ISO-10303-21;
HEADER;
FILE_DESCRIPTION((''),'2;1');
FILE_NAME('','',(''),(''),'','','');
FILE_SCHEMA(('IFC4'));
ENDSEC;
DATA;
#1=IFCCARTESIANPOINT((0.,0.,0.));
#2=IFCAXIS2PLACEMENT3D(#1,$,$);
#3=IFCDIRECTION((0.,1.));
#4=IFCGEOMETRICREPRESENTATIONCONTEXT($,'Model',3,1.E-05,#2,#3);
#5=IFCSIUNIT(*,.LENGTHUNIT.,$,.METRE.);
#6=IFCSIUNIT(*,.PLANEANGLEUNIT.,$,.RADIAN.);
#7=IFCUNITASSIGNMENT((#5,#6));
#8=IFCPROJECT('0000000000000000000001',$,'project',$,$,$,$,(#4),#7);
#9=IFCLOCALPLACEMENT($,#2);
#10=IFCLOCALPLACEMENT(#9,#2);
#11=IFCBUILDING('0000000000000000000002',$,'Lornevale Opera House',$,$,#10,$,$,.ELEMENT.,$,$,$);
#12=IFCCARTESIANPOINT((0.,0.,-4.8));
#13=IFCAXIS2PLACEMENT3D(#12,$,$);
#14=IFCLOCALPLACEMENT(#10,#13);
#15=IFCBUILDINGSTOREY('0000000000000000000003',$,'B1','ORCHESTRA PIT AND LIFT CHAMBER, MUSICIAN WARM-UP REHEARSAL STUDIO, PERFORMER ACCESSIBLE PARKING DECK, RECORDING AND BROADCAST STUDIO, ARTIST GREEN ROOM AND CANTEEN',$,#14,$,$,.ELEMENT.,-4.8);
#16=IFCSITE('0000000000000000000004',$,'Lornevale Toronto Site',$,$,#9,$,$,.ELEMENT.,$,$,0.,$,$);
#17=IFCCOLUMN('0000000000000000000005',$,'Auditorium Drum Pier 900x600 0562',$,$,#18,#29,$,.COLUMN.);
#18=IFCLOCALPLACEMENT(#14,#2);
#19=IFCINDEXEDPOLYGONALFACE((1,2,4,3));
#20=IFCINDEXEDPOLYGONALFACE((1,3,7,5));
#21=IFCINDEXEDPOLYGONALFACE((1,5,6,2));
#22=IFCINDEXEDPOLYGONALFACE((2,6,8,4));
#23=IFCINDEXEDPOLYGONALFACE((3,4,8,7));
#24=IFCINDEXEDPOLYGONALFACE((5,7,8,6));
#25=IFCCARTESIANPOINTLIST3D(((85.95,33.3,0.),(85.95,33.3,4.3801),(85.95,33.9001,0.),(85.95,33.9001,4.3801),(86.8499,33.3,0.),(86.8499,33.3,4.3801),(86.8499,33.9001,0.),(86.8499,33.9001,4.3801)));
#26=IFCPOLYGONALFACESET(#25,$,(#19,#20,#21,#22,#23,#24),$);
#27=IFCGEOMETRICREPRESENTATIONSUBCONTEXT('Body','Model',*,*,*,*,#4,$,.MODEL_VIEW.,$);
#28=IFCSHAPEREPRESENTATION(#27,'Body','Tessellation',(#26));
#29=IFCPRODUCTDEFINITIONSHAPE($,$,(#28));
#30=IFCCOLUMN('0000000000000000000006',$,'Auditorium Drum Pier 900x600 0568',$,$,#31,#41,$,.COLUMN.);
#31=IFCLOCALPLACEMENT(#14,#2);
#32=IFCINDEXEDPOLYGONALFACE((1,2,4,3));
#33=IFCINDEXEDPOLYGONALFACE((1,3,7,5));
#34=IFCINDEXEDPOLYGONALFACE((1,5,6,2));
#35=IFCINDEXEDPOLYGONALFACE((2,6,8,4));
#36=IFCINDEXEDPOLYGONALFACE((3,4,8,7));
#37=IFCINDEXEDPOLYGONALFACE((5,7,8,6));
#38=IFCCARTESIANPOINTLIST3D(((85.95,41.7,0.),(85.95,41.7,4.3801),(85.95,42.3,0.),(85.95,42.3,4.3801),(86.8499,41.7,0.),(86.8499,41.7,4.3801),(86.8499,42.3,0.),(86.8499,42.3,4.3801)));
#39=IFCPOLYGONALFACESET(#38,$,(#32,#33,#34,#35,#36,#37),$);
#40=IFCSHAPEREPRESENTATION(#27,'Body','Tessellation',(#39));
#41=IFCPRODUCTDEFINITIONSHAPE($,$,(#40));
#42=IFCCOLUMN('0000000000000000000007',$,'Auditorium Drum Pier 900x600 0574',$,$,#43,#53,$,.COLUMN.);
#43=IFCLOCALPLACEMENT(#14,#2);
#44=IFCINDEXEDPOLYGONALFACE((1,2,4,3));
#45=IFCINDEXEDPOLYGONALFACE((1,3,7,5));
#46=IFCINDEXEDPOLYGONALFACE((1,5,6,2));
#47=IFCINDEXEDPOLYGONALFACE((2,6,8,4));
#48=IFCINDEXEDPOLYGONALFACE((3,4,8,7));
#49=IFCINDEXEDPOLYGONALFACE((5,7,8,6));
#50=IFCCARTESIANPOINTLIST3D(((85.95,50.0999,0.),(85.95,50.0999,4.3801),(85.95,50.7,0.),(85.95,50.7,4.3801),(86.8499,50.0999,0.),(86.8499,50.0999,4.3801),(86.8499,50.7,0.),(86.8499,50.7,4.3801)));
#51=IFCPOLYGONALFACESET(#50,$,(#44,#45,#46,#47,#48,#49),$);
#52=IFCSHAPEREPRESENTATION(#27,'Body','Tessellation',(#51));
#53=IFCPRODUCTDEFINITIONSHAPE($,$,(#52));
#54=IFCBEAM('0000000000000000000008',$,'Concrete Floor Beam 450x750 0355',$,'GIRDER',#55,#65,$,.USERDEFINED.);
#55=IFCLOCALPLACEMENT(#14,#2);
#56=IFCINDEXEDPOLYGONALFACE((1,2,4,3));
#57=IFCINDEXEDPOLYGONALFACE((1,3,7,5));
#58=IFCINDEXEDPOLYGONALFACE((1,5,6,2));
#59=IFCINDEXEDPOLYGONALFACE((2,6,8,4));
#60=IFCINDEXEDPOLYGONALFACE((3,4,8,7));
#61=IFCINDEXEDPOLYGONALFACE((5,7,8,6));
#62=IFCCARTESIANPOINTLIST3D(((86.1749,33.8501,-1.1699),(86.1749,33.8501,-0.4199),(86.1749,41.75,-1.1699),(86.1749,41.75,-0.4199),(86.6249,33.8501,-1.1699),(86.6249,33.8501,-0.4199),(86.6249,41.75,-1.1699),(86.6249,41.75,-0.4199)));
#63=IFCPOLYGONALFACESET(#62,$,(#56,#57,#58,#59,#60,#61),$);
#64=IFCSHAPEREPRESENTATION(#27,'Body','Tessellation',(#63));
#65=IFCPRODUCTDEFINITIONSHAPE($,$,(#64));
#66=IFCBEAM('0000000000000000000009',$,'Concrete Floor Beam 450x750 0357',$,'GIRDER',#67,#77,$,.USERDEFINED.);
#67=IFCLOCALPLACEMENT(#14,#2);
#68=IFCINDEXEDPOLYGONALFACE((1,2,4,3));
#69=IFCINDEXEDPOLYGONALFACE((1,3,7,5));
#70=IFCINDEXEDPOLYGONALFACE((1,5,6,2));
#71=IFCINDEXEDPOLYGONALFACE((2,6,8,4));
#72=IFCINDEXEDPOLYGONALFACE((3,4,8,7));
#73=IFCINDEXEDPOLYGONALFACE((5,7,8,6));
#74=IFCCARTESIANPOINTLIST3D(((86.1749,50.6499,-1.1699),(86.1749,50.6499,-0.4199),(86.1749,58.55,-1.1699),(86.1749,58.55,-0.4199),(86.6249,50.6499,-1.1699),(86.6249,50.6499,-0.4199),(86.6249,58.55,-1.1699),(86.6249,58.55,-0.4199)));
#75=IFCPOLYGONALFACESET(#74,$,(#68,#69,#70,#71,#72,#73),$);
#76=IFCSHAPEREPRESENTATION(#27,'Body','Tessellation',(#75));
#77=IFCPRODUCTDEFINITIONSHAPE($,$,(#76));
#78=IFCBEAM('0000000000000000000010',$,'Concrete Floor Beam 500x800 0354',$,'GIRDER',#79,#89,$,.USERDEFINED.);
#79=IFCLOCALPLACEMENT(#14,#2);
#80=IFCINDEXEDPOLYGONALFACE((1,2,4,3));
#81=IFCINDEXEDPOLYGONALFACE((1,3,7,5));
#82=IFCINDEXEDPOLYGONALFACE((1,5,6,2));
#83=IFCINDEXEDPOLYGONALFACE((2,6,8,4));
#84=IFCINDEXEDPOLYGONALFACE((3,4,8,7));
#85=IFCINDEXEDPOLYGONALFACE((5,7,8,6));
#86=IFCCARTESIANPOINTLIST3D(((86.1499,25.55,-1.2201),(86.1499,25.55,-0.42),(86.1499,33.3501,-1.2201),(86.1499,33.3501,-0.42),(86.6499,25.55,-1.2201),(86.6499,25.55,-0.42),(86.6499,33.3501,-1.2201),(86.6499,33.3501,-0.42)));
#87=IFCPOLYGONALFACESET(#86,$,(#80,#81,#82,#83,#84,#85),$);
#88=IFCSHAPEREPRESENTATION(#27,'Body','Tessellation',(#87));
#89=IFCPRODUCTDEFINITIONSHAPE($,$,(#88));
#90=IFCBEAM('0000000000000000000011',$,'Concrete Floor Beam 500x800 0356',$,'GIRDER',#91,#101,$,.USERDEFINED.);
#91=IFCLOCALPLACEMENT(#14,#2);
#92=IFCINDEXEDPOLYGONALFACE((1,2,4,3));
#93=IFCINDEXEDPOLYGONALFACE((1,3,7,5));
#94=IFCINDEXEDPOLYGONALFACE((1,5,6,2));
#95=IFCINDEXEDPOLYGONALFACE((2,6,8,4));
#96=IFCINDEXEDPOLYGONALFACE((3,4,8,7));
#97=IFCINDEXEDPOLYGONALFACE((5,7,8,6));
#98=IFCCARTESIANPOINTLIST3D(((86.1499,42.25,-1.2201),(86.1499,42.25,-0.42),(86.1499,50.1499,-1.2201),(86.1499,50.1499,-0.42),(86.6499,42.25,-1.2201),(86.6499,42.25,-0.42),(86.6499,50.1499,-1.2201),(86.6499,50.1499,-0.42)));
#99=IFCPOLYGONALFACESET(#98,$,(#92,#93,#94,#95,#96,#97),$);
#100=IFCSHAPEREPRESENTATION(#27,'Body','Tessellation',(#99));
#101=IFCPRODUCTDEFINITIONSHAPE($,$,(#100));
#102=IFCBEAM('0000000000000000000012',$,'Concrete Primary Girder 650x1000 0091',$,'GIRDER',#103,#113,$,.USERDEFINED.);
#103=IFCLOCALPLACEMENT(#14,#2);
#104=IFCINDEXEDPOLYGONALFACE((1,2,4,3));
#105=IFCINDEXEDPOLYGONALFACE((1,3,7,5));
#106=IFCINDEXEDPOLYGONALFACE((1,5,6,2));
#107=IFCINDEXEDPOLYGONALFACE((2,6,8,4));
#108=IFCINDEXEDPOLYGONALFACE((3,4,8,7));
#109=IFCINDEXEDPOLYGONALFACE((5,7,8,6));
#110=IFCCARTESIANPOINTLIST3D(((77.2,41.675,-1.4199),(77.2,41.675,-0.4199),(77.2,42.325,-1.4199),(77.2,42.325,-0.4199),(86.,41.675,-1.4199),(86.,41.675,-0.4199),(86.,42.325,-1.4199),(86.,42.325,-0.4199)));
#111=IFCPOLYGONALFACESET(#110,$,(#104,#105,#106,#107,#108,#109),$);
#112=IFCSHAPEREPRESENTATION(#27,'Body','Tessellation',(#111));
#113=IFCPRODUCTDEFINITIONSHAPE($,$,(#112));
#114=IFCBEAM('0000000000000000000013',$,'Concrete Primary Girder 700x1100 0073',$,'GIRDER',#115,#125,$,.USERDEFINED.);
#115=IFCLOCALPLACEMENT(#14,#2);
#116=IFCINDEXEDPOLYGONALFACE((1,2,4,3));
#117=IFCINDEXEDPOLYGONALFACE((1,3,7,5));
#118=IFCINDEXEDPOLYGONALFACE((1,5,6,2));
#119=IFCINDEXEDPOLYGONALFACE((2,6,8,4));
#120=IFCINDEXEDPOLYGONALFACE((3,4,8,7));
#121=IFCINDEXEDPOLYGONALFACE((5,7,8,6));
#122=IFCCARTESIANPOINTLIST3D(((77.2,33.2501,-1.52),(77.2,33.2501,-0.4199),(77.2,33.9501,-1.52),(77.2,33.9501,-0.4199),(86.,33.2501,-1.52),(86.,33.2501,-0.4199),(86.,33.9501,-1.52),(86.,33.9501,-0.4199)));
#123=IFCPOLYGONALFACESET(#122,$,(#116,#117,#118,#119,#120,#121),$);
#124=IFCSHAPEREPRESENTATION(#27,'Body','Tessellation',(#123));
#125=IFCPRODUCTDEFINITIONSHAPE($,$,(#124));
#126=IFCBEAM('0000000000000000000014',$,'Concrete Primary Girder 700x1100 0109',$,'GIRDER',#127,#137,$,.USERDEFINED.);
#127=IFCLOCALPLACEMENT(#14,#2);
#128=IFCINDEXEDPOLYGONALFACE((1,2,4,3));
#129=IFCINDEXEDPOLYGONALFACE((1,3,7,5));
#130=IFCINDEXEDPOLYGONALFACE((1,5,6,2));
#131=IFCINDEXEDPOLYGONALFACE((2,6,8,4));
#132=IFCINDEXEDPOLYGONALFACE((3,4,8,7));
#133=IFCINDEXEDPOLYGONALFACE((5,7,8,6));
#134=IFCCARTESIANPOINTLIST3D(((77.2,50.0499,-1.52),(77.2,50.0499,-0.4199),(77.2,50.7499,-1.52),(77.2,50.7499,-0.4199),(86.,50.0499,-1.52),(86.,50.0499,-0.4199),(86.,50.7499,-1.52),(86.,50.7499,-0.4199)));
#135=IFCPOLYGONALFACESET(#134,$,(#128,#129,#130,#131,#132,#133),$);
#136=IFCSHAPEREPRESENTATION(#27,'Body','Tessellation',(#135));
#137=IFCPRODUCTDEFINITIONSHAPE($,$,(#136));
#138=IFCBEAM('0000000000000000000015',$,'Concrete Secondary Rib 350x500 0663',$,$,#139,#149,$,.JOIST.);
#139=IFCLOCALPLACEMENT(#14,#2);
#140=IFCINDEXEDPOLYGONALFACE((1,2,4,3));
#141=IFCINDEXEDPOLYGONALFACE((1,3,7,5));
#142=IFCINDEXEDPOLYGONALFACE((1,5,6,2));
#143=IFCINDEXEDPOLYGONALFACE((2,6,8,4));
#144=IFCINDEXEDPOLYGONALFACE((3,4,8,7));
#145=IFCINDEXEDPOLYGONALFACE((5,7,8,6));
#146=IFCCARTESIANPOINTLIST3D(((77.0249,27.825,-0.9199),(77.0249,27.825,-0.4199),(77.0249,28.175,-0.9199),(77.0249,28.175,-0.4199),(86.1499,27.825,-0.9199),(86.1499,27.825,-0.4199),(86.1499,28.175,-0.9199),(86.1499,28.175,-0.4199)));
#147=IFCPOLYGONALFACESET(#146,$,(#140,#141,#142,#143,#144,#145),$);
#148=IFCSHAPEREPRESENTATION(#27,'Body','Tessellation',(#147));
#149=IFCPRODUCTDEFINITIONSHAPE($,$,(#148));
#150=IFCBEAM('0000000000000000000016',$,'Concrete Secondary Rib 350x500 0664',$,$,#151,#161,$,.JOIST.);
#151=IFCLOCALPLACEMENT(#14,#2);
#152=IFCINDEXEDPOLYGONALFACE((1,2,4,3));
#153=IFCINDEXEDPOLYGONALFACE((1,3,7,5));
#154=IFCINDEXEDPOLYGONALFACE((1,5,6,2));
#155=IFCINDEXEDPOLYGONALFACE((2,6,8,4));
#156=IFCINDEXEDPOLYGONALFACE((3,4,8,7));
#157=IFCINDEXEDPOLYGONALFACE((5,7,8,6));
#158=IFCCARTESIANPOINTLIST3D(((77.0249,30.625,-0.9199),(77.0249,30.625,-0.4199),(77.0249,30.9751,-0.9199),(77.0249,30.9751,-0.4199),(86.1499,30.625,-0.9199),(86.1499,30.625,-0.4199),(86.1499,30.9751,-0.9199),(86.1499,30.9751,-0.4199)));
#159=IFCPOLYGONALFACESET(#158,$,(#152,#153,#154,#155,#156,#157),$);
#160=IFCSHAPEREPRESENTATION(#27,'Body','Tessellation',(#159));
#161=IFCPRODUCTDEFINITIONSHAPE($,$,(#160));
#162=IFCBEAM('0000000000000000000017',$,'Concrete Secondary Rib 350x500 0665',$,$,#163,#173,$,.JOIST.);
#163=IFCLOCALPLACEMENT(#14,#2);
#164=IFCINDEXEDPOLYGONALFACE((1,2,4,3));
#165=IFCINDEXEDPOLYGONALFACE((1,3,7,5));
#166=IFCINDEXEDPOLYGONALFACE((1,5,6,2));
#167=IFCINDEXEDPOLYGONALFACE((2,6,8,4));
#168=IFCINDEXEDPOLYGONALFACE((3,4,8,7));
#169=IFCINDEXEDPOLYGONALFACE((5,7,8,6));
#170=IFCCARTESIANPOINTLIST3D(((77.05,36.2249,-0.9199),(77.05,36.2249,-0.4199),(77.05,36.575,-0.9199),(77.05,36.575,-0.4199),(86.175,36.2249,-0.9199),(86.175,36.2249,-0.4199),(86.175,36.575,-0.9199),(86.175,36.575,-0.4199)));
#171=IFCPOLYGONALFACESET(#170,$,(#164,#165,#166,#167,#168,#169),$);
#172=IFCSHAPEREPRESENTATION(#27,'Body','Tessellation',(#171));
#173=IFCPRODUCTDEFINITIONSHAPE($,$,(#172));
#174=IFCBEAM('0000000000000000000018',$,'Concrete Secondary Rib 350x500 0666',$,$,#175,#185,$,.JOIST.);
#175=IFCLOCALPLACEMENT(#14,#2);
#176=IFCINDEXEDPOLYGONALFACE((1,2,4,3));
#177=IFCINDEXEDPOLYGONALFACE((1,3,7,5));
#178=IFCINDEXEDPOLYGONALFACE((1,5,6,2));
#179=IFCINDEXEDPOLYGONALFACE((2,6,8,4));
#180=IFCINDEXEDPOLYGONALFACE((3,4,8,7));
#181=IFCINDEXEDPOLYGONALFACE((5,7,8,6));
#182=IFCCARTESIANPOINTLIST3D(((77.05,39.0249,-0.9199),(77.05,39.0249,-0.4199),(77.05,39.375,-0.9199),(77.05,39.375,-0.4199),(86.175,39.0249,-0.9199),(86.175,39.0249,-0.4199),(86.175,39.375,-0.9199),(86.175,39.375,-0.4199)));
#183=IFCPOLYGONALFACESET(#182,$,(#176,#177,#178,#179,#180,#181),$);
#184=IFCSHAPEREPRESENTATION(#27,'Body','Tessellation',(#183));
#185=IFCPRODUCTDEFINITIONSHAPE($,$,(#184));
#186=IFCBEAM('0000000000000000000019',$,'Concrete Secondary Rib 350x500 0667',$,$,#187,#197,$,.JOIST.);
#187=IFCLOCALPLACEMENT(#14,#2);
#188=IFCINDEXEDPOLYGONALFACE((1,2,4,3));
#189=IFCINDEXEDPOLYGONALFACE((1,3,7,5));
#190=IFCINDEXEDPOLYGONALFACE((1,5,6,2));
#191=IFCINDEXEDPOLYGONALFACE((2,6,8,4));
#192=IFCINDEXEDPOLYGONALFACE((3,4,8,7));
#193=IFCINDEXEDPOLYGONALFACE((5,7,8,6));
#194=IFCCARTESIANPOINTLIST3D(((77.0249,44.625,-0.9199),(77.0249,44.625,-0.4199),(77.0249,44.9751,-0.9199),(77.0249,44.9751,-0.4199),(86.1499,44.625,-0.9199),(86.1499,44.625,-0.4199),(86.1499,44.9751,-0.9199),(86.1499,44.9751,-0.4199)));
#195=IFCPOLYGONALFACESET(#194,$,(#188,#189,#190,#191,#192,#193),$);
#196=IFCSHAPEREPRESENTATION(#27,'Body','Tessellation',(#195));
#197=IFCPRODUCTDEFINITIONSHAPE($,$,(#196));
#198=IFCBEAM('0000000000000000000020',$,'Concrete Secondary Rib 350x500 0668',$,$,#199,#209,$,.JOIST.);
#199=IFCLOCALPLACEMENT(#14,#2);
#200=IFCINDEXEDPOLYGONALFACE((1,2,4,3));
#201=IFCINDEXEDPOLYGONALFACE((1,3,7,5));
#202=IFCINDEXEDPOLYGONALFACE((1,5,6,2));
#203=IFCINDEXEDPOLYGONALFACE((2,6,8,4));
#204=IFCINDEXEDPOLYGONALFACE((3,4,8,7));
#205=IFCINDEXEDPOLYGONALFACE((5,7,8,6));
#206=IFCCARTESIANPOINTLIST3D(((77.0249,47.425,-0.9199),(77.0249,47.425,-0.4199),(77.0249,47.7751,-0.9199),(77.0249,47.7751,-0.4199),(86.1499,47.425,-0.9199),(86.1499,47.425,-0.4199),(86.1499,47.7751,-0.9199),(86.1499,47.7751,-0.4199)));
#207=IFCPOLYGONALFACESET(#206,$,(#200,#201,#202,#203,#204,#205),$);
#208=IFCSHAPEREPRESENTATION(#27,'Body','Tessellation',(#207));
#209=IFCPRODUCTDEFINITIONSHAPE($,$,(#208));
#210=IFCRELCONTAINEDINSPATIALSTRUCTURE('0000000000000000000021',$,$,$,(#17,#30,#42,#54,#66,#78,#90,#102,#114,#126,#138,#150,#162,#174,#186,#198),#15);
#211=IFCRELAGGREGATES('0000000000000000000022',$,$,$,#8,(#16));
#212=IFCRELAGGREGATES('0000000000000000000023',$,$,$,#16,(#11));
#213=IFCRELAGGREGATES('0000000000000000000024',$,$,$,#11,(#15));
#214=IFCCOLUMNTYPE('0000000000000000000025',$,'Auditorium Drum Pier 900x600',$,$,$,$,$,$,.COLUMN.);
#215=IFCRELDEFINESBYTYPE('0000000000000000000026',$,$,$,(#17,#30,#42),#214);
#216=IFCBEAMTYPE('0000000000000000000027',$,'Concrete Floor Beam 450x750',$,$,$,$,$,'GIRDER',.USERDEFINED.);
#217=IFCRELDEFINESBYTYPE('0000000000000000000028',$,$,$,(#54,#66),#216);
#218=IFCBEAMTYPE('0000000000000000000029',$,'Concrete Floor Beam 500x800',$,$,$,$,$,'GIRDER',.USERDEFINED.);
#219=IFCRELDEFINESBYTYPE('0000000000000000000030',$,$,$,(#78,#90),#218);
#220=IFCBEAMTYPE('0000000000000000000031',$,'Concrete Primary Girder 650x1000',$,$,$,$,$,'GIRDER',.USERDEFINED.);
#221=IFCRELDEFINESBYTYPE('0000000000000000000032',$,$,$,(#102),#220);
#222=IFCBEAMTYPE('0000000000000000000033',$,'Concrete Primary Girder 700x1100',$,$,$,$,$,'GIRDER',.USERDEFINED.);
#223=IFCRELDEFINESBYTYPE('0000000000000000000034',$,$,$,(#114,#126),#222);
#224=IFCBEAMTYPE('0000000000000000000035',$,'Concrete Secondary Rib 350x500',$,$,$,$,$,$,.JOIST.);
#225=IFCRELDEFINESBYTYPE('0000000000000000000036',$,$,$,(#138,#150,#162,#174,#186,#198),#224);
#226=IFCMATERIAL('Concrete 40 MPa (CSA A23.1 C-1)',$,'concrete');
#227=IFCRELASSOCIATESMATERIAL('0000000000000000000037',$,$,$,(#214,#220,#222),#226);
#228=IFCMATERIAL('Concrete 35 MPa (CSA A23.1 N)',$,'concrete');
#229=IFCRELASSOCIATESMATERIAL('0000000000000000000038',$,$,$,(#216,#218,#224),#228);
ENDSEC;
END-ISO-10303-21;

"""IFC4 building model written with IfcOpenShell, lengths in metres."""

from ifc_helpers import new_model, si_unit, direction, frame, origin, origin_2d, place, context, subcontext, project, spatial, rectangle, extrude, material, material_profile, profile_set, type_object, element, save


model = new_model("IFC4")

# Units and contexts
model_context = context("Model", 3, precision=1e-05, world=origin(), true_north=direction((0.0, 1.0)))
body_context = subcontext(model_context, "Body", "Model", "MODEL_VIEW")
ifc_project = project(units=[si_unit("LENGTHUNIT", "METRE"), si_unit("PLANEANGLEUNIT", "RADIAN")], contexts=[model_context])

# Site, building, storey
site_placement = place(None, origin())
site = spatial("IfcSite", under=ifc_project, at=site_placement, Name="Lornevale Toronto Site", CompositionType="ELEMENT", RefElevation=0.0)
building_placement = place(site_placement, origin())
building = spatial("IfcBuilding", under=site, at=building_placement, Name="Lornevale Opera House", CompositionType="ELEMENT")
storey_placement = place(building_placement, frame((0.0, 0.0, -4.8)))
storey = spatial("IfcBuildingStorey", under=building, at=storey_placement, Name="B1", Description="ORCHESTRA PIT AND LIFT CHAMBER, MUSICIAN WARM-UP REHEARSAL STUDIO, PERFORMER ACCESSIBLE PARKING DECK, RECORDING AND BROADCAST STUDIO, ARTIST GREEN ROOM AND CANTEEN", CompositionType="ELEMENT", Elevation=-4.8)

# Columns
ifc_material_1 = material(Name="Concrete 40 MPa (CSA A23.1 C-1)", Category="concrete")
ifc_material_profile_1 = material_profile(ifc_material_1, rectangle(XDim=0.8999, YDim=0.6001, at=origin_2d()), Name="RC900x600")
ifc_profile_set_1 = profile_set([ifc_material_profile_1], Name="Concrete 40 MPa (CSA A23.1 C-1)")
column_type = type_object("IfcColumnType", Name="Auditorium Drum Pier 900x600", PredefinedType="COLUMN", material=ifc_profile_set_1)
for number, where, z_axis, x_axis, name in (
    (1, (86.3999, 33.6001, 0.0), (0.0, 0.0, 1.0), (1.0, 0.0, 0.0), "Auditorium Drum Pier 900x600 0562"),
    (2, (86.3999, 42.0, 0.0), (0.0, 0.0, 1.0), (1.0, 0.0, 0.0), "Auditorium Drum Pier 900x600 0568"),
    (3, (86.3999, 50.3999, 0.0), (0.0, 0.0, 1.0), (1.0, 0.0, 0.0), "Auditorium Drum Pier 900x600 0574"),
):
    element("IfcColumn", number, at=place(storey_placement, frame(where, z_axis=z_axis, x_axis=x_axis)), inside=storey, type_object=column_type, Name=name, PredefinedType="COLUMN", context=body_context, shape_type="SweptSolid", body=[
        extrude(rectangle(XDim=0.8999, YDim=0.6001, at=origin_2d()), origin(), (0.0, 0.0, 1.0), 4.3801),
    ])

# Beams
ifc_material_2 = material(Name="Concrete 35 MPa (CSA A23.1 N)", Category="concrete")
ifc_material_profile_2 = material_profile(ifc_material_2, rectangle(XDim=0.45, YDim=0.75, at=origin_2d()), Name="RC450x750")
ifc_profile_set_2 = profile_set([ifc_material_profile_2], Name="Concrete 35 MPa (CSA A23.1 N)")
beam_type_1 = type_object("IfcBeamType", Name="Concrete Floor Beam 450x750", ElementType="GIRDER", PredefinedType="USERDEFINED", material=ifc_profile_set_2)
beam_1_placement = place(storey_placement, frame((86.3999, 33.8501, -0.7949), z_axis=(0.0, 1.0, 0.0), x_axis=(-1.0, 0.0, 0.0)))
element("IfcBeam", 4, at=beam_1_placement, inside=storey, type_object=beam_type_1, Name="Concrete Floor Beam 450x750 0355", ObjectType="GIRDER", PredefinedType="USERDEFINED", context=body_context, shape_type="SweptSolid", body=[
    extrude(rectangle(XDim=0.45, YDim=0.75, at=origin_2d()), origin(), (0.0, 0.0, 1.0), 7.8999),
])
beam_2_placement = place(storey_placement, frame((86.3999, 50.6499, -0.7949), z_axis=(0.0, 1.0, 0.0), x_axis=(-1.0, 0.0, 0.0)))
element("IfcBeam", 5, at=beam_2_placement, inside=storey, type_object=beam_type_1, Name="Concrete Floor Beam 450x750 0357", ObjectType="GIRDER", PredefinedType="USERDEFINED", context=body_context, shape_type="SweptSolid", body=[
    extrude(rectangle(XDim=0.45, YDim=0.75, at=origin_2d()), origin(), (0.0, 0.0, 1.0), 7.9001),
])
ifc_material_profile_3 = material_profile(ifc_material_2, rectangle(XDim=0.5, YDim=0.8, at=origin_2d()), Name="RC500x800")
ifc_profile_set_3 = profile_set([ifc_material_profile_3], Name="Concrete 35 MPa (CSA A23.1 N)")
beam_type_2 = type_object("IfcBeamType", Name="Concrete Floor Beam 500x800", ElementType="GIRDER", PredefinedType="USERDEFINED", material=ifc_profile_set_3)
beam_3_placement = place(storey_placement, frame((86.3999, 25.55, -0.8201), z_axis=(0.0, 1.0, 0.0), x_axis=(-1.0, 0.0, 0.0)))
element("IfcBeam", 6, at=beam_3_placement, inside=storey, type_object=beam_type_2, Name="Concrete Floor Beam 500x800 0354", ObjectType="GIRDER", PredefinedType="USERDEFINED", context=body_context, shape_type="SweptSolid", body=[
    extrude(rectangle(XDim=0.5, YDim=0.8, at=origin_2d()), origin(), (0.0, 0.0, 1.0), 7.8),
])
beam_4_placement = place(storey_placement, frame((86.3999, 42.25, -0.8201), z_axis=(0.0, 1.0, 0.0), x_axis=(-1.0, 0.0, 0.0)))
element("IfcBeam", 7, at=beam_4_placement, inside=storey, type_object=beam_type_2, Name="Concrete Floor Beam 500x800 0356", ObjectType="GIRDER", PredefinedType="USERDEFINED", context=body_context, shape_type="SweptSolid", body=[
    extrude(rectangle(XDim=0.5, YDim=0.8, at=origin_2d()), origin(), (0.0, 0.0, 1.0), 7.8999),
])
ifc_material_profile_4 = material_profile(ifc_material_1, rectangle(XDim=0.6499, YDim=1.0, at=origin_2d()), Name="RC650x1000")
ifc_profile_set_4 = profile_set([ifc_material_profile_4], Name="Concrete 40 MPa (CSA A23.1 C-1)")
beam_type_3 = type_object("IfcBeamType", Name="Concrete Primary Girder 650x1000", ElementType="GIRDER", PredefinedType="USERDEFINED", material=ifc_profile_set_4)
beam_5_placement = place(storey_placement, frame((77.2, 42.0, -0.9199), z_axis=(1.0, 0.0, 0.0), x_axis=(0.0, 1.0, 0.0)))
element("IfcBeam", 8, at=beam_5_placement, inside=storey, type_object=beam_type_3, Name="Concrete Primary Girder 650x1000 0091", ObjectType="GIRDER", PredefinedType="USERDEFINED", context=body_context, shape_type="SweptSolid", body=[
    extrude(rectangle(XDim=0.6499, YDim=1.0, at=origin_2d()), origin(), (0.0, 0.0, 1.0), 8.8),
])
ifc_material_profile_5 = material_profile(ifc_material_1, rectangle(XDim=0.7, YDim=1.1001, at=origin_2d()), Name="RC700x1100")
ifc_profile_set_5 = profile_set([ifc_material_profile_5], Name="Concrete 40 MPa (CSA A23.1 C-1)")
beam_type_4 = type_object("IfcBeamType", Name="Concrete Primary Girder 700x1100", ElementType="GIRDER", PredefinedType="USERDEFINED", material=ifc_profile_set_5)
for number, where, z_axis, x_axis, name in (
    (9, (77.2, 33.6001, -0.97), (1.0, 0.0, 0.0), (0.0, 1.0, 0.0), "Concrete Primary Girder 700x1100 0073"),
    (10, (77.2, 50.3999, -0.97), (1.0, 0.0, 0.0), (0.0, 1.0, 0.0), "Concrete Primary Girder 700x1100 0109"),
):
    element("IfcBeam", number, at=place(storey_placement, frame(where, z_axis=z_axis, x_axis=x_axis)), inside=storey, type_object=beam_type_4, Name=name, ObjectType="GIRDER", PredefinedType="USERDEFINED", context=body_context, shape_type="SweptSolid", body=[
        extrude(rectangle(XDim=0.7, YDim=1.1001, at=origin_2d()), origin(), (0.0, 0.0, 1.0), 8.8),
    ])
ifc_material_profile_6 = material_profile(ifc_material_2, rectangle(XDim=0.3501, YDim=0.5, at=origin_2d()), Name="RC350x500")
ifc_profile_set_6 = profile_set([ifc_material_profile_6], Name="Concrete 35 MPa (CSA A23.1 N)")
beam_type_5 = type_object("IfcBeamType", Name="Concrete Secondary Rib 350x500", PredefinedType="JOIST", material=ifc_profile_set_6)
for number, where, z_axis, x_axis, name in (
    (11, (77.0249, 28.0, -0.6699), (1.0, 0.0, 0.0), (0.0, 1.0, 0.0), "Concrete Secondary Rib 350x500 0663"),
    (12, (77.0249, 30.8, -0.6699), (1.0, 0.0, 0.0), (0.0, 1.0, 0.0), "Concrete Secondary Rib 350x500 0664"),
    (13, (77.05, 36.3999, -0.6699), (1.0, 0.0, 0.0), (0.0, 1.0, 0.0), "Concrete Secondary Rib 350x500 0665"),
    (14, (77.05, 39.2, -0.6699), (1.0, 0.0, 0.0), (0.0, 1.0, 0.0), "Concrete Secondary Rib 350x500 0666"),
    (15, (77.0249, 44.8, -0.6699), (1.0, 0.0, 0.0), (0.0, 1.0, 0.0), "Concrete Secondary Rib 350x500 0667"),
    (16, (77.0249, 47.6001, -0.6699), (1.0, 0.0, 0.0), (0.0, 1.0, 0.0), "Concrete Secondary Rib 350x500 0668"),
):
    element("IfcBeam", number, at=place(storey_placement, frame(where, z_axis=z_axis, x_axis=x_axis)), inside=storey, type_object=beam_type_5, Name=name, PredefinedType="JOIST", context=body_context, shape_type="SweptSolid", body=[
        extrude(rectangle(XDim=0.3501, YDim=0.5, at=origin_2d()), origin(), (0.0, 0.0, 1.0), 9.125),
    ])

save(model, "model.ifc")
